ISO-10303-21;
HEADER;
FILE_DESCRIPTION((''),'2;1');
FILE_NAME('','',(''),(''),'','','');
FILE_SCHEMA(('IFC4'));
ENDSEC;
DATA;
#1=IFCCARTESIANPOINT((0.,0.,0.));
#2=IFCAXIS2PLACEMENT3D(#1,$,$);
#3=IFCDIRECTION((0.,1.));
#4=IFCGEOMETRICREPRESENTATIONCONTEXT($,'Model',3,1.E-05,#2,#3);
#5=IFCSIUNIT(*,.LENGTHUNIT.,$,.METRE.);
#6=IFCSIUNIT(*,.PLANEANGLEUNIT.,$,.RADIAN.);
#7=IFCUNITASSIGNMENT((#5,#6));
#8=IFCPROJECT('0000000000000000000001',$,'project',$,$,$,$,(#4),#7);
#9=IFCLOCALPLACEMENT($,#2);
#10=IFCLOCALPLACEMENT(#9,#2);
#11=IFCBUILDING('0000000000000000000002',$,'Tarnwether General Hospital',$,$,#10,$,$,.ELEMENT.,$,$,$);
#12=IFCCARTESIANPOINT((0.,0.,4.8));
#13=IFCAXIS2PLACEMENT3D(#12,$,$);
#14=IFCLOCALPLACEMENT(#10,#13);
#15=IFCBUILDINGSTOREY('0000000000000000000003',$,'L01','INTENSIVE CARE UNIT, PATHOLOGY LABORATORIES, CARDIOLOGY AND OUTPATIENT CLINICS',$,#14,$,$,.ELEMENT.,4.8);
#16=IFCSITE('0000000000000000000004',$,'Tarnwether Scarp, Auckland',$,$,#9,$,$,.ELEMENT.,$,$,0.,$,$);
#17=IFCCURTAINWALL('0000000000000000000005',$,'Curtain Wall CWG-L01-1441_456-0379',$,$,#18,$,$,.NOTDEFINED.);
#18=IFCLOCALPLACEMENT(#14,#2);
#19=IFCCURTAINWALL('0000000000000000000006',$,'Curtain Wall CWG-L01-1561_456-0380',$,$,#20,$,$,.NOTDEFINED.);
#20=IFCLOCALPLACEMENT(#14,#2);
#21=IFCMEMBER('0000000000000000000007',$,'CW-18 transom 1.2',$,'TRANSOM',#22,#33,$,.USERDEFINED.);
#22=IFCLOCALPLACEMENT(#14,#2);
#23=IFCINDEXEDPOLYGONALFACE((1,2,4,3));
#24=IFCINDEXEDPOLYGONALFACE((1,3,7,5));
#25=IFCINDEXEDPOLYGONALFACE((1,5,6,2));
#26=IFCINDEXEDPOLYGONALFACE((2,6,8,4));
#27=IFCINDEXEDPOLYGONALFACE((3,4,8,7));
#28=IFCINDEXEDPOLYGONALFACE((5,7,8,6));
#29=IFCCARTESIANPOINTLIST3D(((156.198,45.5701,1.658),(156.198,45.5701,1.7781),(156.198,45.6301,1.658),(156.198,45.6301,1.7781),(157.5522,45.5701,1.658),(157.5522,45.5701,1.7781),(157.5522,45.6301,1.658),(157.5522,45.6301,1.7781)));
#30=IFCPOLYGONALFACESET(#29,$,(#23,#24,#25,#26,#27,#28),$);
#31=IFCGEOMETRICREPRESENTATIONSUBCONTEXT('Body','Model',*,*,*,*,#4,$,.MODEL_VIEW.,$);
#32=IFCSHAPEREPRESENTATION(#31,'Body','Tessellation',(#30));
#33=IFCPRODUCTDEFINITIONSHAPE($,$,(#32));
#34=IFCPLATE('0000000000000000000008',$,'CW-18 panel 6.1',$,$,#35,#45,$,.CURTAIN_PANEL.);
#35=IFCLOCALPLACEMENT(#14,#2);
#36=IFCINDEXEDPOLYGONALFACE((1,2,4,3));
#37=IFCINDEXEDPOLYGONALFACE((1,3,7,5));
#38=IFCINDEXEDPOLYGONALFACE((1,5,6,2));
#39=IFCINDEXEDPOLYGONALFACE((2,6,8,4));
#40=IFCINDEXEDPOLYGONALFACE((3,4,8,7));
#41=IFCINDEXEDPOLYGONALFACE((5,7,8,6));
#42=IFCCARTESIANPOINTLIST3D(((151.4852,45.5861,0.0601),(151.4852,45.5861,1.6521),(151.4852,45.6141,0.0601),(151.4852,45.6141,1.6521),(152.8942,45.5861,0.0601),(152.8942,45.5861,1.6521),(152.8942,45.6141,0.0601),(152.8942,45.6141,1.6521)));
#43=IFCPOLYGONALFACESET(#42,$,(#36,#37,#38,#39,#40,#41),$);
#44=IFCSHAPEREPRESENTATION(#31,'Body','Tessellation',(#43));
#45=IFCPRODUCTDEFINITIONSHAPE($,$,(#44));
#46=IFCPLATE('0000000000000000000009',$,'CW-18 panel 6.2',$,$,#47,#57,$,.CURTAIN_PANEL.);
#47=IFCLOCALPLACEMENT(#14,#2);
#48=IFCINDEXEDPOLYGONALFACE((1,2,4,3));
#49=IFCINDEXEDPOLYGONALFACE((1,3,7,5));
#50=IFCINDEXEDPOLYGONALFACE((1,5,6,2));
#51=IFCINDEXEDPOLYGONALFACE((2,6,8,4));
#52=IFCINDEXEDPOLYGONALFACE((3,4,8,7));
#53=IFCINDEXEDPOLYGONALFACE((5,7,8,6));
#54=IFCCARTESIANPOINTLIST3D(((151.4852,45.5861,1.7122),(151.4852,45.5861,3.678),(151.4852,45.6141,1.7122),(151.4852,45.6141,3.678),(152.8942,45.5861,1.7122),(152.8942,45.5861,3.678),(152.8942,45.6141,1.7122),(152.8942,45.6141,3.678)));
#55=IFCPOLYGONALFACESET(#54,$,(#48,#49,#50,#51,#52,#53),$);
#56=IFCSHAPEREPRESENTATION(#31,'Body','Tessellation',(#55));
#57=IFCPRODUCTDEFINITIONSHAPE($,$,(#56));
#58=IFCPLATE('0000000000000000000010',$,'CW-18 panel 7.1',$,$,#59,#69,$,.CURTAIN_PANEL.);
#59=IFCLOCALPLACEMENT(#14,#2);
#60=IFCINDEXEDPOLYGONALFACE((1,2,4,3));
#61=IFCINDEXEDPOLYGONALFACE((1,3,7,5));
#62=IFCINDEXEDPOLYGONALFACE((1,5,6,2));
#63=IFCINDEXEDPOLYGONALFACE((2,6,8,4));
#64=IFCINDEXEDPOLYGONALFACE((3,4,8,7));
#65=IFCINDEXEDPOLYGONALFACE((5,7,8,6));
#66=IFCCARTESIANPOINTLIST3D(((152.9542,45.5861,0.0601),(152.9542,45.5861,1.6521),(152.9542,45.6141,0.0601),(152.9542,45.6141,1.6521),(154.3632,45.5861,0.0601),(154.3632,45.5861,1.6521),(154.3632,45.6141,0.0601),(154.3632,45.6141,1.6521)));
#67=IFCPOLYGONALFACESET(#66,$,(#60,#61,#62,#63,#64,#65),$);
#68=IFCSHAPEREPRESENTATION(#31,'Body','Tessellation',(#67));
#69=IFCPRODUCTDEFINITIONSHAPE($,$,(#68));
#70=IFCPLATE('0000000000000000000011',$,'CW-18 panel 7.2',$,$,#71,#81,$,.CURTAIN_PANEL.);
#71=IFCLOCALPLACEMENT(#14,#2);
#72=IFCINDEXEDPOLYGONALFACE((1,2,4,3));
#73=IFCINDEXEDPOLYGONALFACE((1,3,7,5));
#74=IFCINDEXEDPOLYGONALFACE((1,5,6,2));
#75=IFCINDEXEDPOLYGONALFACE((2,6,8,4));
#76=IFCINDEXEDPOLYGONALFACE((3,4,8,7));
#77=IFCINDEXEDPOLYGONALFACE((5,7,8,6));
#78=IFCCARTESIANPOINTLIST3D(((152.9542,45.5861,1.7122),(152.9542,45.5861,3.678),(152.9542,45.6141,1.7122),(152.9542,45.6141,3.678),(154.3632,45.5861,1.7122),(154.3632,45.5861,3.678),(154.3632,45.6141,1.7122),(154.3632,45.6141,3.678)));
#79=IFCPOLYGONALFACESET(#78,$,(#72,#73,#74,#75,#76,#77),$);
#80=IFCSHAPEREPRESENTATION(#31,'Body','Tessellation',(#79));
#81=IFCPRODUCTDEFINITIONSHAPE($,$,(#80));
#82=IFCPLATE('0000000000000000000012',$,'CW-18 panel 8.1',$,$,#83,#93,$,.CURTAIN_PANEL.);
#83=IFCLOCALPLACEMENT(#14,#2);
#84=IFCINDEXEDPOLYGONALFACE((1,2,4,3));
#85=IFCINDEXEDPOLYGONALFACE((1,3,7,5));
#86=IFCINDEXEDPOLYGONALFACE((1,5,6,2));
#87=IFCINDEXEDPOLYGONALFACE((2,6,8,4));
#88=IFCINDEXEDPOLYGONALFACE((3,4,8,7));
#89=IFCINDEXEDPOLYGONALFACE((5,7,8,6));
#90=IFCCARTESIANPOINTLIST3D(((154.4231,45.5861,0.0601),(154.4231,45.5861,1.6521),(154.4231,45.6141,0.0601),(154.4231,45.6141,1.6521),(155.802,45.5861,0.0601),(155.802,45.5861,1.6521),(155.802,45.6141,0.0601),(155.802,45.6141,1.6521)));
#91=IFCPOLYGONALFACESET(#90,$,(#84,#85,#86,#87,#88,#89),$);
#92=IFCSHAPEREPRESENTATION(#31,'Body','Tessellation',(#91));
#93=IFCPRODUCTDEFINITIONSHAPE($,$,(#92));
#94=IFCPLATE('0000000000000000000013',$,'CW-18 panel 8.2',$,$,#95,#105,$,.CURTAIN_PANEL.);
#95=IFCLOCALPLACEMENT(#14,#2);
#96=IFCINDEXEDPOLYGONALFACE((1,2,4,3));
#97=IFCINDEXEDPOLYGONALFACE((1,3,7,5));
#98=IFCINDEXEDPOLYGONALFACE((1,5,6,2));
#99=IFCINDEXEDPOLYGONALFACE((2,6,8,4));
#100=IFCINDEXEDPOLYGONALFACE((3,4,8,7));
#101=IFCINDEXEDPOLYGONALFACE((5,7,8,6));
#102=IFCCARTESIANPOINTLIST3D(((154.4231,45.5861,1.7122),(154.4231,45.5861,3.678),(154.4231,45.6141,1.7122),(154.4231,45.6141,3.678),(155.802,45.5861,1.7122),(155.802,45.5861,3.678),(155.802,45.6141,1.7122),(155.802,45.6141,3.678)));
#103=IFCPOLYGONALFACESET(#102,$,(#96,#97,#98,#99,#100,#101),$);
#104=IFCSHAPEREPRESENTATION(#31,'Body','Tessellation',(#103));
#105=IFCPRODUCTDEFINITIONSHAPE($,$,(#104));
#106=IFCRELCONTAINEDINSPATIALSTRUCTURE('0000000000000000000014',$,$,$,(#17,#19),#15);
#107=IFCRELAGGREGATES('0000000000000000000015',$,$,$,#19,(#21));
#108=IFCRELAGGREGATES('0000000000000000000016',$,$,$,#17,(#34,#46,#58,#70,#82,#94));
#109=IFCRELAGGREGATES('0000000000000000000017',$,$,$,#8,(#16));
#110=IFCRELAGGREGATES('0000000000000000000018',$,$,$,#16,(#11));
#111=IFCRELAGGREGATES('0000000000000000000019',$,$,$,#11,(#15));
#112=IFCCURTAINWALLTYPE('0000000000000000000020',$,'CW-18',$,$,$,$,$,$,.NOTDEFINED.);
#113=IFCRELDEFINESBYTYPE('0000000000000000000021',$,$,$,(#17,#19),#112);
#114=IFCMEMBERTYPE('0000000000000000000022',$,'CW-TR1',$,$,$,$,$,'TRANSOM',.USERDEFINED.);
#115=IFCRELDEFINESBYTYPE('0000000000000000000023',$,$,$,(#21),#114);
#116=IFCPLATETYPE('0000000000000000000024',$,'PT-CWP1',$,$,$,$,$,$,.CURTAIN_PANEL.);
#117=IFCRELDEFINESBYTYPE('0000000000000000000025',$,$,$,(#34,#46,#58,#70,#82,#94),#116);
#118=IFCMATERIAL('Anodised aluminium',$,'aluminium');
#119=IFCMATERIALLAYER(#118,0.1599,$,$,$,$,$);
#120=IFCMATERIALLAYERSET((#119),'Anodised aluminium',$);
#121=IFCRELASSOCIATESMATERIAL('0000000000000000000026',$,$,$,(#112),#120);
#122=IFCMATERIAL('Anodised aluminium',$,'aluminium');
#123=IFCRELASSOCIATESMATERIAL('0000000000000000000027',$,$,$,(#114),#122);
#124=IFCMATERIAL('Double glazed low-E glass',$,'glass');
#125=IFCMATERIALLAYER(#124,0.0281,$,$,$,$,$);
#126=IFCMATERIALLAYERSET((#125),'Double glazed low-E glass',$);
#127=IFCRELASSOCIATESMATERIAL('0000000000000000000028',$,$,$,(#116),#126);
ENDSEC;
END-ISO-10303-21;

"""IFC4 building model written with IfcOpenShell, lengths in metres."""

from ifc_helpers import new_model, si_unit, direction, frame, origin, origin_2d, place, context, subcontext, project, spatial, rectangle, extrude, material, layer, layer_set, material_profile, profile_set, type_object, element, aggregate, save


model = new_model("IFC4")

# Units and contexts
model_context = context("Model", 3, precision=1e-05, world=origin(), true_north=direction((0.0, 1.0)))
body_context = subcontext(model_context, "Body", "Model", "MODEL_VIEW")
ifc_project = project(units=[si_unit("LENGTHUNIT", "METRE"), si_unit("PLANEANGLEUNIT", "RADIAN")], contexts=[model_context])

# Site, building, storey
site_placement = place(None, origin())
site = spatial("IfcSite", under=ifc_project, at=site_placement, Name="Tarnwether Scarp, Auckland", CompositionType="ELEMENT", RefElevation=0.0)
building_placement = place(site_placement, origin())
building = spatial("IfcBuilding", under=site, at=building_placement, Name="Tarnwether General Hospital", CompositionType="ELEMENT")
storey_placement = place(building_placement, frame((0.0, 0.0, 4.8)))
storey = spatial("IfcBuildingStorey", under=building, at=storey_placement, Name="L01", Description="INTENSIVE CARE UNIT, PATHOLOGY LABORATORIES, CARDIOLOGY AND OUTPATIENT CLINICS", CompositionType="ELEMENT", Elevation=4.8)

# Curtain wall
ifc_material_1 = material(Name="Anodised aluminium", Category="aluminium")
ifc_layer_1 = layer(ifc_material_1, 0.1599)
ifc_layer_set_1 = layer_set([ifc_layer_1], Name="Anodised aluminium")
curtain_wall_type = type_object("IfcCurtainWallType", Name="CW-18", PredefinedType="NOTDEFINED", material=ifc_layer_set_1)
curtain_wall_1_placement = place(storey_placement, origin())
curtain_wall_1 = element("IfcCurtainWall", 1, at=curtain_wall_1_placement, inside=storey, type_object=curtain_wall_type, Name="Curtain Wall CWG-L01-1441_456-0379", PredefinedType="NOTDEFINED")

# Curtain wall
curtain_wall_2_placement = place(storey_placement, origin())
curtain_wall_2 = element("IfcCurtainWall", 2, at=curtain_wall_2_placement, inside=storey, type_object=curtain_wall_type, Name="Curtain Wall CWG-L01-1561_456-0380", PredefinedType="NOTDEFINED")

# Member
ifc_material_2 = material(Name="Anodised aluminium", Category="aluminium")
ifc_material_profile_1 = material_profile(ifc_material_2, rectangle(XDim=0.0601, YDim=0.1201, at=origin_2d()), Name="ALU-TRN-60x120")
ifc_profile_set_1 = profile_set([ifc_material_profile_1], Name="Anodised aluminium")
member_type_1 = type_object("IfcMemberType", Name="CW-TR1", ElementType="TRANSOM", PredefinedType="USERDEFINED", material=ifc_profile_set_1)
member_1_placement = place(storey_placement, frame((156.198, 45.6001, 1.718), z_axis=(1.0, 0.0, 0.0), x_axis=(0.0, 1.0, 0.0)))
member_1 = element("IfcMember", 3, at=member_1_placement, type_object=member_type_1, Name="CW-18 transom 1.2", ObjectType="TRANSOM", PredefinedType="USERDEFINED", context=body_context, shape_type="SweptSolid", body=[
    extrude(rectangle(XDim=0.0601, YDim=0.1201, at=origin_2d()), origin(), (0.0, 0.0, 1.0), 1.3542),
])
aggregate(curtain_wall_2, [member_1])

# Plates
ifc_material_3 = material(Name="Double glazed low-E glass", Category="glass")
ifc_layer_2 = layer(ifc_material_3, 0.0281)
ifc_layer_set_2 = layer_set([ifc_layer_2], Name="Double glazed low-E glass")
plate_type = type_object("IfcPlateType", Name="PT-CWP1", PredefinedType="CURTAIN_PANEL", material=ifc_layer_set_2)
plate_1_placement = place(storey_placement, frame((152.1897, 45.6001, 0.0601), z_axis=(0.0, 0.0, 1.0), x_axis=(1.0, 0.0, 0.0)))
plate_1 = element("IfcPlate", 4, at=plate_1_placement, type_object=plate_type, Name="CW-18 panel 6.1", PredefinedType="CURTAIN_PANEL", context=body_context, shape_type="SweptSolid", body=[
    extrude(rectangle(XDim=1.4089, YDim=0.0281, at=origin_2d()), origin(), (0.0, 0.0, 1.0), 1.592),
])
plate_2_placement = place(storey_placement, frame((152.1897, 45.6001, 1.7122), z_axis=(0.0, 0.0, 1.0), x_axis=(1.0, 0.0, 0.0)))
plate_2 = element("IfcPlate", 5, at=plate_2_placement, type_object=plate_type, Name="CW-18 panel 6.2", PredefinedType="CURTAIN_PANEL", context=body_context, shape_type="SweptSolid", body=[
    extrude(rectangle(XDim=1.4089, YDim=0.0281, at=origin_2d()), origin(), (0.0, 0.0, 1.0), 1.9658),
])
plate_3_placement = place(storey_placement, frame((153.6587, 45.6001, 0.0601), z_axis=(0.0, 0.0, 1.0), x_axis=(1.0, 0.0, 0.0)))
plate_3 = element("IfcPlate", 6, at=plate_3_placement, type_object=plate_type, Name="CW-18 panel 7.1", PredefinedType="CURTAIN_PANEL", context=body_context, shape_type="SweptSolid", body=[
    extrude(rectangle(XDim=1.4089, YDim=0.0281, at=origin_2d()), origin(), (0.0, 0.0, 1.0), 1.592),
])
plate_4_placement = place(storey_placement, frame((153.6587, 45.6001, 1.7122), z_axis=(0.0, 0.0, 1.0), x_axis=(1.0, 0.0, 0.0)))
plate_4 = element("IfcPlate", 7, at=plate_4_placement, type_object=plate_type, Name="CW-18 panel 7.2", PredefinedType="CURTAIN_PANEL", context=body_context, shape_type="SweptSolid", body=[
    extrude(rectangle(XDim=1.4089, YDim=0.0281, at=origin_2d()), origin(), (0.0, 0.0, 1.0), 1.9658),
])
plate_5_placement = place(storey_placement, frame((155.1125, 45.6001, 0.0601), z_axis=(0.0, 0.0, 1.0), x_axis=(1.0, 0.0, 0.0)))
plate_5 = element("IfcPlate", 8, at=plate_5_placement, type_object=plate_type, Name="CW-18 panel 8.1", PredefinedType="CURTAIN_PANEL", context=body_context, shape_type="SweptSolid", body=[
    extrude(rectangle(XDim=1.3789, YDim=0.0281, at=origin_2d()), origin(), (0.0, 0.0, 1.0), 1.592),
])
plate_6_placement = place(storey_placement, frame((155.1125, 45.6001, 1.7122), z_axis=(0.0, 0.0, 1.0), x_axis=(1.0, 0.0, 0.0)))
plate_6 = element("IfcPlate", 9, at=plate_6_placement, type_object=plate_type, Name="CW-18 panel 8.2", PredefinedType="CURTAIN_PANEL", context=body_context, shape_type="SweptSolid", body=[
    extrude(rectangle(XDim=1.3789, YDim=0.0281, at=origin_2d()), origin(), (0.0, 0.0, 1.0), 1.9658),
])
aggregate(curtain_wall_1, [plate_1, plate_2, plate_3, plate_4, plate_5, plate_6])

save(model, "model.ifc")
